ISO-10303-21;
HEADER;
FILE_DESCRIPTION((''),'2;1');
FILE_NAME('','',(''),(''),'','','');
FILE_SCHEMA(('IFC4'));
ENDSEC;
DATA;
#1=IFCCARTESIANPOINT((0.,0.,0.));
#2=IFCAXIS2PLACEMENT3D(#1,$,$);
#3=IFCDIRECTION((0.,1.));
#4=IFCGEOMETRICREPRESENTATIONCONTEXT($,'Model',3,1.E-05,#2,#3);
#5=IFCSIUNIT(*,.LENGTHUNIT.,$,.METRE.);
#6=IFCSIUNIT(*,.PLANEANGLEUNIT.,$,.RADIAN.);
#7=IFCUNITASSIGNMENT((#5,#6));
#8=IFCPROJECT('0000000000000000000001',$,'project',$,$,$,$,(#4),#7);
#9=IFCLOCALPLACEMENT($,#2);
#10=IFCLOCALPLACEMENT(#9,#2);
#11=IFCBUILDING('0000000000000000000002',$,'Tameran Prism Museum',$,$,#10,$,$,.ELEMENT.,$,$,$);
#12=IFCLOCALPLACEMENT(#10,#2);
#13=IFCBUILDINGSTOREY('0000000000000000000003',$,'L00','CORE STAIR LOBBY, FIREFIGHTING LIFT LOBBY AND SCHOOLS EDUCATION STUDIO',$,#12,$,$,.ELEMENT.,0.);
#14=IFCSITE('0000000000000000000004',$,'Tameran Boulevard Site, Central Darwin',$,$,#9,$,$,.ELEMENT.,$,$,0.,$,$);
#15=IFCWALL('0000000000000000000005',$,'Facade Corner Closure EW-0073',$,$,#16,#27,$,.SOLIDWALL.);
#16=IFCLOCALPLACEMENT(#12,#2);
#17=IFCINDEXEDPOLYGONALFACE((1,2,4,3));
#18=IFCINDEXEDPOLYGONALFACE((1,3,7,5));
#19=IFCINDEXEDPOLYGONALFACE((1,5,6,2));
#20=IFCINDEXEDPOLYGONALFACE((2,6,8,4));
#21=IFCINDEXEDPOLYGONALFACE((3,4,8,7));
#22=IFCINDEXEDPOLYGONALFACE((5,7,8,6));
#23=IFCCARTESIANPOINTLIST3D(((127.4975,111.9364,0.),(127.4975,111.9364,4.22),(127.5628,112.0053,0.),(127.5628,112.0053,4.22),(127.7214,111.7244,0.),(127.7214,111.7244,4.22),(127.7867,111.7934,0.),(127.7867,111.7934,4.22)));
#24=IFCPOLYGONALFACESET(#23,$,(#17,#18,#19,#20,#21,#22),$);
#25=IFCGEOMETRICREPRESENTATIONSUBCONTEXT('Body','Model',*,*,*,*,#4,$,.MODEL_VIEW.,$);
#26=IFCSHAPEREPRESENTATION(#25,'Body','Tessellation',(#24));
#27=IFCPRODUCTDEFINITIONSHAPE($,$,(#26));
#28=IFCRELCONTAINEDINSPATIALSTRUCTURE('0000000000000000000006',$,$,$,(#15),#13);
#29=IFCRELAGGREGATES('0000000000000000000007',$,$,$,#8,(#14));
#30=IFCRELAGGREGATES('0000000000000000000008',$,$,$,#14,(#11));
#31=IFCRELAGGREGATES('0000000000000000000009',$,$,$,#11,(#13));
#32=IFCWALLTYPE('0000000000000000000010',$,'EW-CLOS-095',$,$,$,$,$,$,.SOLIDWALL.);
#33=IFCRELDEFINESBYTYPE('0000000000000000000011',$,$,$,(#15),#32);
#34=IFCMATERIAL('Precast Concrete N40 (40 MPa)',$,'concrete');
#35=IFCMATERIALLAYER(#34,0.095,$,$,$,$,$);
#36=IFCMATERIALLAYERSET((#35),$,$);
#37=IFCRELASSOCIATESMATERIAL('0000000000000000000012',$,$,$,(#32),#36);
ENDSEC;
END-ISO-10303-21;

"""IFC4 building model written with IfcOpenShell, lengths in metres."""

from ifc_helpers import new_model, si_unit, direction, frame, frame_2d, origin, place, context, subcontext, project, spatial, rectangle, extrude, material, layer, layer_set, type_object, element, save


model = new_model("IFC4")

# Units and contexts
model_context = context("Model", 3, precision=1e-05, world=origin(), true_north=direction((0.0, 1.0)))
body_context = subcontext(model_context, "Body", "Model", "MODEL_VIEW")
ifc_project = project(units=[si_unit("LENGTHUNIT", "METRE"), si_unit("PLANEANGLEUNIT", "RADIAN")], contexts=[model_context])

# Site, building, storey
site_placement = place(None, origin())
site = spatial("IfcSite", under=ifc_project, at=site_placement, Name="Tameran Boulevard Site, Central Darwin", CompositionType="ELEMENT", RefElevation=0.0)
building_placement = place(site_placement, origin())
building = spatial("IfcBuilding", under=site, at=building_placement, Name="Tameran Prism Museum", CompositionType="ELEMENT")
storey_placement = place(building_placement, origin())
storey = spatial("IfcBuildingStorey", under=building, at=storey_placement, Name="L00", Description="CORE STAIR LOBBY, FIREFIGHTING LIFT LOBBY AND SCHOOLS EDUCATION STUDIO", CompositionType="ELEMENT", Elevation=0.0)

# Wall
ifc_material_1 = material(Name="Precast Concrete N40 (40 MPa)", Category="concrete")
ifc_layer_1 = layer(ifc_material_1, 0.095)
ifc_layer_set_1 = layer_set([ifc_layer_1])
wall_type = type_object("IfcWallType", Name="EW-CLOS-095", PredefinedType="SOLIDWALL", material=ifc_layer_set_1)
wall_placement = place(storey_placement, frame((127.53, 111.9709, 0.0), z_axis=(0.0, 0.0, 1.0), x_axis=(0.726244, -0.687437, 0.0)))
element("IfcWall", 1, at=wall_placement, inside=storey, type_object=wall_type, Name="Facade Corner Closure EW-0073", PredefinedType="SOLIDWALL", context=body_context, shape_type="SweptSolid", body=[
    extrude(rectangle(XDim=0.3083, YDim=0.095, at=frame_2d((0.1543, 0.0))), origin(), (0.0, 0.0, 1.0), 4.22),
])

save(model, "model.ifc")
